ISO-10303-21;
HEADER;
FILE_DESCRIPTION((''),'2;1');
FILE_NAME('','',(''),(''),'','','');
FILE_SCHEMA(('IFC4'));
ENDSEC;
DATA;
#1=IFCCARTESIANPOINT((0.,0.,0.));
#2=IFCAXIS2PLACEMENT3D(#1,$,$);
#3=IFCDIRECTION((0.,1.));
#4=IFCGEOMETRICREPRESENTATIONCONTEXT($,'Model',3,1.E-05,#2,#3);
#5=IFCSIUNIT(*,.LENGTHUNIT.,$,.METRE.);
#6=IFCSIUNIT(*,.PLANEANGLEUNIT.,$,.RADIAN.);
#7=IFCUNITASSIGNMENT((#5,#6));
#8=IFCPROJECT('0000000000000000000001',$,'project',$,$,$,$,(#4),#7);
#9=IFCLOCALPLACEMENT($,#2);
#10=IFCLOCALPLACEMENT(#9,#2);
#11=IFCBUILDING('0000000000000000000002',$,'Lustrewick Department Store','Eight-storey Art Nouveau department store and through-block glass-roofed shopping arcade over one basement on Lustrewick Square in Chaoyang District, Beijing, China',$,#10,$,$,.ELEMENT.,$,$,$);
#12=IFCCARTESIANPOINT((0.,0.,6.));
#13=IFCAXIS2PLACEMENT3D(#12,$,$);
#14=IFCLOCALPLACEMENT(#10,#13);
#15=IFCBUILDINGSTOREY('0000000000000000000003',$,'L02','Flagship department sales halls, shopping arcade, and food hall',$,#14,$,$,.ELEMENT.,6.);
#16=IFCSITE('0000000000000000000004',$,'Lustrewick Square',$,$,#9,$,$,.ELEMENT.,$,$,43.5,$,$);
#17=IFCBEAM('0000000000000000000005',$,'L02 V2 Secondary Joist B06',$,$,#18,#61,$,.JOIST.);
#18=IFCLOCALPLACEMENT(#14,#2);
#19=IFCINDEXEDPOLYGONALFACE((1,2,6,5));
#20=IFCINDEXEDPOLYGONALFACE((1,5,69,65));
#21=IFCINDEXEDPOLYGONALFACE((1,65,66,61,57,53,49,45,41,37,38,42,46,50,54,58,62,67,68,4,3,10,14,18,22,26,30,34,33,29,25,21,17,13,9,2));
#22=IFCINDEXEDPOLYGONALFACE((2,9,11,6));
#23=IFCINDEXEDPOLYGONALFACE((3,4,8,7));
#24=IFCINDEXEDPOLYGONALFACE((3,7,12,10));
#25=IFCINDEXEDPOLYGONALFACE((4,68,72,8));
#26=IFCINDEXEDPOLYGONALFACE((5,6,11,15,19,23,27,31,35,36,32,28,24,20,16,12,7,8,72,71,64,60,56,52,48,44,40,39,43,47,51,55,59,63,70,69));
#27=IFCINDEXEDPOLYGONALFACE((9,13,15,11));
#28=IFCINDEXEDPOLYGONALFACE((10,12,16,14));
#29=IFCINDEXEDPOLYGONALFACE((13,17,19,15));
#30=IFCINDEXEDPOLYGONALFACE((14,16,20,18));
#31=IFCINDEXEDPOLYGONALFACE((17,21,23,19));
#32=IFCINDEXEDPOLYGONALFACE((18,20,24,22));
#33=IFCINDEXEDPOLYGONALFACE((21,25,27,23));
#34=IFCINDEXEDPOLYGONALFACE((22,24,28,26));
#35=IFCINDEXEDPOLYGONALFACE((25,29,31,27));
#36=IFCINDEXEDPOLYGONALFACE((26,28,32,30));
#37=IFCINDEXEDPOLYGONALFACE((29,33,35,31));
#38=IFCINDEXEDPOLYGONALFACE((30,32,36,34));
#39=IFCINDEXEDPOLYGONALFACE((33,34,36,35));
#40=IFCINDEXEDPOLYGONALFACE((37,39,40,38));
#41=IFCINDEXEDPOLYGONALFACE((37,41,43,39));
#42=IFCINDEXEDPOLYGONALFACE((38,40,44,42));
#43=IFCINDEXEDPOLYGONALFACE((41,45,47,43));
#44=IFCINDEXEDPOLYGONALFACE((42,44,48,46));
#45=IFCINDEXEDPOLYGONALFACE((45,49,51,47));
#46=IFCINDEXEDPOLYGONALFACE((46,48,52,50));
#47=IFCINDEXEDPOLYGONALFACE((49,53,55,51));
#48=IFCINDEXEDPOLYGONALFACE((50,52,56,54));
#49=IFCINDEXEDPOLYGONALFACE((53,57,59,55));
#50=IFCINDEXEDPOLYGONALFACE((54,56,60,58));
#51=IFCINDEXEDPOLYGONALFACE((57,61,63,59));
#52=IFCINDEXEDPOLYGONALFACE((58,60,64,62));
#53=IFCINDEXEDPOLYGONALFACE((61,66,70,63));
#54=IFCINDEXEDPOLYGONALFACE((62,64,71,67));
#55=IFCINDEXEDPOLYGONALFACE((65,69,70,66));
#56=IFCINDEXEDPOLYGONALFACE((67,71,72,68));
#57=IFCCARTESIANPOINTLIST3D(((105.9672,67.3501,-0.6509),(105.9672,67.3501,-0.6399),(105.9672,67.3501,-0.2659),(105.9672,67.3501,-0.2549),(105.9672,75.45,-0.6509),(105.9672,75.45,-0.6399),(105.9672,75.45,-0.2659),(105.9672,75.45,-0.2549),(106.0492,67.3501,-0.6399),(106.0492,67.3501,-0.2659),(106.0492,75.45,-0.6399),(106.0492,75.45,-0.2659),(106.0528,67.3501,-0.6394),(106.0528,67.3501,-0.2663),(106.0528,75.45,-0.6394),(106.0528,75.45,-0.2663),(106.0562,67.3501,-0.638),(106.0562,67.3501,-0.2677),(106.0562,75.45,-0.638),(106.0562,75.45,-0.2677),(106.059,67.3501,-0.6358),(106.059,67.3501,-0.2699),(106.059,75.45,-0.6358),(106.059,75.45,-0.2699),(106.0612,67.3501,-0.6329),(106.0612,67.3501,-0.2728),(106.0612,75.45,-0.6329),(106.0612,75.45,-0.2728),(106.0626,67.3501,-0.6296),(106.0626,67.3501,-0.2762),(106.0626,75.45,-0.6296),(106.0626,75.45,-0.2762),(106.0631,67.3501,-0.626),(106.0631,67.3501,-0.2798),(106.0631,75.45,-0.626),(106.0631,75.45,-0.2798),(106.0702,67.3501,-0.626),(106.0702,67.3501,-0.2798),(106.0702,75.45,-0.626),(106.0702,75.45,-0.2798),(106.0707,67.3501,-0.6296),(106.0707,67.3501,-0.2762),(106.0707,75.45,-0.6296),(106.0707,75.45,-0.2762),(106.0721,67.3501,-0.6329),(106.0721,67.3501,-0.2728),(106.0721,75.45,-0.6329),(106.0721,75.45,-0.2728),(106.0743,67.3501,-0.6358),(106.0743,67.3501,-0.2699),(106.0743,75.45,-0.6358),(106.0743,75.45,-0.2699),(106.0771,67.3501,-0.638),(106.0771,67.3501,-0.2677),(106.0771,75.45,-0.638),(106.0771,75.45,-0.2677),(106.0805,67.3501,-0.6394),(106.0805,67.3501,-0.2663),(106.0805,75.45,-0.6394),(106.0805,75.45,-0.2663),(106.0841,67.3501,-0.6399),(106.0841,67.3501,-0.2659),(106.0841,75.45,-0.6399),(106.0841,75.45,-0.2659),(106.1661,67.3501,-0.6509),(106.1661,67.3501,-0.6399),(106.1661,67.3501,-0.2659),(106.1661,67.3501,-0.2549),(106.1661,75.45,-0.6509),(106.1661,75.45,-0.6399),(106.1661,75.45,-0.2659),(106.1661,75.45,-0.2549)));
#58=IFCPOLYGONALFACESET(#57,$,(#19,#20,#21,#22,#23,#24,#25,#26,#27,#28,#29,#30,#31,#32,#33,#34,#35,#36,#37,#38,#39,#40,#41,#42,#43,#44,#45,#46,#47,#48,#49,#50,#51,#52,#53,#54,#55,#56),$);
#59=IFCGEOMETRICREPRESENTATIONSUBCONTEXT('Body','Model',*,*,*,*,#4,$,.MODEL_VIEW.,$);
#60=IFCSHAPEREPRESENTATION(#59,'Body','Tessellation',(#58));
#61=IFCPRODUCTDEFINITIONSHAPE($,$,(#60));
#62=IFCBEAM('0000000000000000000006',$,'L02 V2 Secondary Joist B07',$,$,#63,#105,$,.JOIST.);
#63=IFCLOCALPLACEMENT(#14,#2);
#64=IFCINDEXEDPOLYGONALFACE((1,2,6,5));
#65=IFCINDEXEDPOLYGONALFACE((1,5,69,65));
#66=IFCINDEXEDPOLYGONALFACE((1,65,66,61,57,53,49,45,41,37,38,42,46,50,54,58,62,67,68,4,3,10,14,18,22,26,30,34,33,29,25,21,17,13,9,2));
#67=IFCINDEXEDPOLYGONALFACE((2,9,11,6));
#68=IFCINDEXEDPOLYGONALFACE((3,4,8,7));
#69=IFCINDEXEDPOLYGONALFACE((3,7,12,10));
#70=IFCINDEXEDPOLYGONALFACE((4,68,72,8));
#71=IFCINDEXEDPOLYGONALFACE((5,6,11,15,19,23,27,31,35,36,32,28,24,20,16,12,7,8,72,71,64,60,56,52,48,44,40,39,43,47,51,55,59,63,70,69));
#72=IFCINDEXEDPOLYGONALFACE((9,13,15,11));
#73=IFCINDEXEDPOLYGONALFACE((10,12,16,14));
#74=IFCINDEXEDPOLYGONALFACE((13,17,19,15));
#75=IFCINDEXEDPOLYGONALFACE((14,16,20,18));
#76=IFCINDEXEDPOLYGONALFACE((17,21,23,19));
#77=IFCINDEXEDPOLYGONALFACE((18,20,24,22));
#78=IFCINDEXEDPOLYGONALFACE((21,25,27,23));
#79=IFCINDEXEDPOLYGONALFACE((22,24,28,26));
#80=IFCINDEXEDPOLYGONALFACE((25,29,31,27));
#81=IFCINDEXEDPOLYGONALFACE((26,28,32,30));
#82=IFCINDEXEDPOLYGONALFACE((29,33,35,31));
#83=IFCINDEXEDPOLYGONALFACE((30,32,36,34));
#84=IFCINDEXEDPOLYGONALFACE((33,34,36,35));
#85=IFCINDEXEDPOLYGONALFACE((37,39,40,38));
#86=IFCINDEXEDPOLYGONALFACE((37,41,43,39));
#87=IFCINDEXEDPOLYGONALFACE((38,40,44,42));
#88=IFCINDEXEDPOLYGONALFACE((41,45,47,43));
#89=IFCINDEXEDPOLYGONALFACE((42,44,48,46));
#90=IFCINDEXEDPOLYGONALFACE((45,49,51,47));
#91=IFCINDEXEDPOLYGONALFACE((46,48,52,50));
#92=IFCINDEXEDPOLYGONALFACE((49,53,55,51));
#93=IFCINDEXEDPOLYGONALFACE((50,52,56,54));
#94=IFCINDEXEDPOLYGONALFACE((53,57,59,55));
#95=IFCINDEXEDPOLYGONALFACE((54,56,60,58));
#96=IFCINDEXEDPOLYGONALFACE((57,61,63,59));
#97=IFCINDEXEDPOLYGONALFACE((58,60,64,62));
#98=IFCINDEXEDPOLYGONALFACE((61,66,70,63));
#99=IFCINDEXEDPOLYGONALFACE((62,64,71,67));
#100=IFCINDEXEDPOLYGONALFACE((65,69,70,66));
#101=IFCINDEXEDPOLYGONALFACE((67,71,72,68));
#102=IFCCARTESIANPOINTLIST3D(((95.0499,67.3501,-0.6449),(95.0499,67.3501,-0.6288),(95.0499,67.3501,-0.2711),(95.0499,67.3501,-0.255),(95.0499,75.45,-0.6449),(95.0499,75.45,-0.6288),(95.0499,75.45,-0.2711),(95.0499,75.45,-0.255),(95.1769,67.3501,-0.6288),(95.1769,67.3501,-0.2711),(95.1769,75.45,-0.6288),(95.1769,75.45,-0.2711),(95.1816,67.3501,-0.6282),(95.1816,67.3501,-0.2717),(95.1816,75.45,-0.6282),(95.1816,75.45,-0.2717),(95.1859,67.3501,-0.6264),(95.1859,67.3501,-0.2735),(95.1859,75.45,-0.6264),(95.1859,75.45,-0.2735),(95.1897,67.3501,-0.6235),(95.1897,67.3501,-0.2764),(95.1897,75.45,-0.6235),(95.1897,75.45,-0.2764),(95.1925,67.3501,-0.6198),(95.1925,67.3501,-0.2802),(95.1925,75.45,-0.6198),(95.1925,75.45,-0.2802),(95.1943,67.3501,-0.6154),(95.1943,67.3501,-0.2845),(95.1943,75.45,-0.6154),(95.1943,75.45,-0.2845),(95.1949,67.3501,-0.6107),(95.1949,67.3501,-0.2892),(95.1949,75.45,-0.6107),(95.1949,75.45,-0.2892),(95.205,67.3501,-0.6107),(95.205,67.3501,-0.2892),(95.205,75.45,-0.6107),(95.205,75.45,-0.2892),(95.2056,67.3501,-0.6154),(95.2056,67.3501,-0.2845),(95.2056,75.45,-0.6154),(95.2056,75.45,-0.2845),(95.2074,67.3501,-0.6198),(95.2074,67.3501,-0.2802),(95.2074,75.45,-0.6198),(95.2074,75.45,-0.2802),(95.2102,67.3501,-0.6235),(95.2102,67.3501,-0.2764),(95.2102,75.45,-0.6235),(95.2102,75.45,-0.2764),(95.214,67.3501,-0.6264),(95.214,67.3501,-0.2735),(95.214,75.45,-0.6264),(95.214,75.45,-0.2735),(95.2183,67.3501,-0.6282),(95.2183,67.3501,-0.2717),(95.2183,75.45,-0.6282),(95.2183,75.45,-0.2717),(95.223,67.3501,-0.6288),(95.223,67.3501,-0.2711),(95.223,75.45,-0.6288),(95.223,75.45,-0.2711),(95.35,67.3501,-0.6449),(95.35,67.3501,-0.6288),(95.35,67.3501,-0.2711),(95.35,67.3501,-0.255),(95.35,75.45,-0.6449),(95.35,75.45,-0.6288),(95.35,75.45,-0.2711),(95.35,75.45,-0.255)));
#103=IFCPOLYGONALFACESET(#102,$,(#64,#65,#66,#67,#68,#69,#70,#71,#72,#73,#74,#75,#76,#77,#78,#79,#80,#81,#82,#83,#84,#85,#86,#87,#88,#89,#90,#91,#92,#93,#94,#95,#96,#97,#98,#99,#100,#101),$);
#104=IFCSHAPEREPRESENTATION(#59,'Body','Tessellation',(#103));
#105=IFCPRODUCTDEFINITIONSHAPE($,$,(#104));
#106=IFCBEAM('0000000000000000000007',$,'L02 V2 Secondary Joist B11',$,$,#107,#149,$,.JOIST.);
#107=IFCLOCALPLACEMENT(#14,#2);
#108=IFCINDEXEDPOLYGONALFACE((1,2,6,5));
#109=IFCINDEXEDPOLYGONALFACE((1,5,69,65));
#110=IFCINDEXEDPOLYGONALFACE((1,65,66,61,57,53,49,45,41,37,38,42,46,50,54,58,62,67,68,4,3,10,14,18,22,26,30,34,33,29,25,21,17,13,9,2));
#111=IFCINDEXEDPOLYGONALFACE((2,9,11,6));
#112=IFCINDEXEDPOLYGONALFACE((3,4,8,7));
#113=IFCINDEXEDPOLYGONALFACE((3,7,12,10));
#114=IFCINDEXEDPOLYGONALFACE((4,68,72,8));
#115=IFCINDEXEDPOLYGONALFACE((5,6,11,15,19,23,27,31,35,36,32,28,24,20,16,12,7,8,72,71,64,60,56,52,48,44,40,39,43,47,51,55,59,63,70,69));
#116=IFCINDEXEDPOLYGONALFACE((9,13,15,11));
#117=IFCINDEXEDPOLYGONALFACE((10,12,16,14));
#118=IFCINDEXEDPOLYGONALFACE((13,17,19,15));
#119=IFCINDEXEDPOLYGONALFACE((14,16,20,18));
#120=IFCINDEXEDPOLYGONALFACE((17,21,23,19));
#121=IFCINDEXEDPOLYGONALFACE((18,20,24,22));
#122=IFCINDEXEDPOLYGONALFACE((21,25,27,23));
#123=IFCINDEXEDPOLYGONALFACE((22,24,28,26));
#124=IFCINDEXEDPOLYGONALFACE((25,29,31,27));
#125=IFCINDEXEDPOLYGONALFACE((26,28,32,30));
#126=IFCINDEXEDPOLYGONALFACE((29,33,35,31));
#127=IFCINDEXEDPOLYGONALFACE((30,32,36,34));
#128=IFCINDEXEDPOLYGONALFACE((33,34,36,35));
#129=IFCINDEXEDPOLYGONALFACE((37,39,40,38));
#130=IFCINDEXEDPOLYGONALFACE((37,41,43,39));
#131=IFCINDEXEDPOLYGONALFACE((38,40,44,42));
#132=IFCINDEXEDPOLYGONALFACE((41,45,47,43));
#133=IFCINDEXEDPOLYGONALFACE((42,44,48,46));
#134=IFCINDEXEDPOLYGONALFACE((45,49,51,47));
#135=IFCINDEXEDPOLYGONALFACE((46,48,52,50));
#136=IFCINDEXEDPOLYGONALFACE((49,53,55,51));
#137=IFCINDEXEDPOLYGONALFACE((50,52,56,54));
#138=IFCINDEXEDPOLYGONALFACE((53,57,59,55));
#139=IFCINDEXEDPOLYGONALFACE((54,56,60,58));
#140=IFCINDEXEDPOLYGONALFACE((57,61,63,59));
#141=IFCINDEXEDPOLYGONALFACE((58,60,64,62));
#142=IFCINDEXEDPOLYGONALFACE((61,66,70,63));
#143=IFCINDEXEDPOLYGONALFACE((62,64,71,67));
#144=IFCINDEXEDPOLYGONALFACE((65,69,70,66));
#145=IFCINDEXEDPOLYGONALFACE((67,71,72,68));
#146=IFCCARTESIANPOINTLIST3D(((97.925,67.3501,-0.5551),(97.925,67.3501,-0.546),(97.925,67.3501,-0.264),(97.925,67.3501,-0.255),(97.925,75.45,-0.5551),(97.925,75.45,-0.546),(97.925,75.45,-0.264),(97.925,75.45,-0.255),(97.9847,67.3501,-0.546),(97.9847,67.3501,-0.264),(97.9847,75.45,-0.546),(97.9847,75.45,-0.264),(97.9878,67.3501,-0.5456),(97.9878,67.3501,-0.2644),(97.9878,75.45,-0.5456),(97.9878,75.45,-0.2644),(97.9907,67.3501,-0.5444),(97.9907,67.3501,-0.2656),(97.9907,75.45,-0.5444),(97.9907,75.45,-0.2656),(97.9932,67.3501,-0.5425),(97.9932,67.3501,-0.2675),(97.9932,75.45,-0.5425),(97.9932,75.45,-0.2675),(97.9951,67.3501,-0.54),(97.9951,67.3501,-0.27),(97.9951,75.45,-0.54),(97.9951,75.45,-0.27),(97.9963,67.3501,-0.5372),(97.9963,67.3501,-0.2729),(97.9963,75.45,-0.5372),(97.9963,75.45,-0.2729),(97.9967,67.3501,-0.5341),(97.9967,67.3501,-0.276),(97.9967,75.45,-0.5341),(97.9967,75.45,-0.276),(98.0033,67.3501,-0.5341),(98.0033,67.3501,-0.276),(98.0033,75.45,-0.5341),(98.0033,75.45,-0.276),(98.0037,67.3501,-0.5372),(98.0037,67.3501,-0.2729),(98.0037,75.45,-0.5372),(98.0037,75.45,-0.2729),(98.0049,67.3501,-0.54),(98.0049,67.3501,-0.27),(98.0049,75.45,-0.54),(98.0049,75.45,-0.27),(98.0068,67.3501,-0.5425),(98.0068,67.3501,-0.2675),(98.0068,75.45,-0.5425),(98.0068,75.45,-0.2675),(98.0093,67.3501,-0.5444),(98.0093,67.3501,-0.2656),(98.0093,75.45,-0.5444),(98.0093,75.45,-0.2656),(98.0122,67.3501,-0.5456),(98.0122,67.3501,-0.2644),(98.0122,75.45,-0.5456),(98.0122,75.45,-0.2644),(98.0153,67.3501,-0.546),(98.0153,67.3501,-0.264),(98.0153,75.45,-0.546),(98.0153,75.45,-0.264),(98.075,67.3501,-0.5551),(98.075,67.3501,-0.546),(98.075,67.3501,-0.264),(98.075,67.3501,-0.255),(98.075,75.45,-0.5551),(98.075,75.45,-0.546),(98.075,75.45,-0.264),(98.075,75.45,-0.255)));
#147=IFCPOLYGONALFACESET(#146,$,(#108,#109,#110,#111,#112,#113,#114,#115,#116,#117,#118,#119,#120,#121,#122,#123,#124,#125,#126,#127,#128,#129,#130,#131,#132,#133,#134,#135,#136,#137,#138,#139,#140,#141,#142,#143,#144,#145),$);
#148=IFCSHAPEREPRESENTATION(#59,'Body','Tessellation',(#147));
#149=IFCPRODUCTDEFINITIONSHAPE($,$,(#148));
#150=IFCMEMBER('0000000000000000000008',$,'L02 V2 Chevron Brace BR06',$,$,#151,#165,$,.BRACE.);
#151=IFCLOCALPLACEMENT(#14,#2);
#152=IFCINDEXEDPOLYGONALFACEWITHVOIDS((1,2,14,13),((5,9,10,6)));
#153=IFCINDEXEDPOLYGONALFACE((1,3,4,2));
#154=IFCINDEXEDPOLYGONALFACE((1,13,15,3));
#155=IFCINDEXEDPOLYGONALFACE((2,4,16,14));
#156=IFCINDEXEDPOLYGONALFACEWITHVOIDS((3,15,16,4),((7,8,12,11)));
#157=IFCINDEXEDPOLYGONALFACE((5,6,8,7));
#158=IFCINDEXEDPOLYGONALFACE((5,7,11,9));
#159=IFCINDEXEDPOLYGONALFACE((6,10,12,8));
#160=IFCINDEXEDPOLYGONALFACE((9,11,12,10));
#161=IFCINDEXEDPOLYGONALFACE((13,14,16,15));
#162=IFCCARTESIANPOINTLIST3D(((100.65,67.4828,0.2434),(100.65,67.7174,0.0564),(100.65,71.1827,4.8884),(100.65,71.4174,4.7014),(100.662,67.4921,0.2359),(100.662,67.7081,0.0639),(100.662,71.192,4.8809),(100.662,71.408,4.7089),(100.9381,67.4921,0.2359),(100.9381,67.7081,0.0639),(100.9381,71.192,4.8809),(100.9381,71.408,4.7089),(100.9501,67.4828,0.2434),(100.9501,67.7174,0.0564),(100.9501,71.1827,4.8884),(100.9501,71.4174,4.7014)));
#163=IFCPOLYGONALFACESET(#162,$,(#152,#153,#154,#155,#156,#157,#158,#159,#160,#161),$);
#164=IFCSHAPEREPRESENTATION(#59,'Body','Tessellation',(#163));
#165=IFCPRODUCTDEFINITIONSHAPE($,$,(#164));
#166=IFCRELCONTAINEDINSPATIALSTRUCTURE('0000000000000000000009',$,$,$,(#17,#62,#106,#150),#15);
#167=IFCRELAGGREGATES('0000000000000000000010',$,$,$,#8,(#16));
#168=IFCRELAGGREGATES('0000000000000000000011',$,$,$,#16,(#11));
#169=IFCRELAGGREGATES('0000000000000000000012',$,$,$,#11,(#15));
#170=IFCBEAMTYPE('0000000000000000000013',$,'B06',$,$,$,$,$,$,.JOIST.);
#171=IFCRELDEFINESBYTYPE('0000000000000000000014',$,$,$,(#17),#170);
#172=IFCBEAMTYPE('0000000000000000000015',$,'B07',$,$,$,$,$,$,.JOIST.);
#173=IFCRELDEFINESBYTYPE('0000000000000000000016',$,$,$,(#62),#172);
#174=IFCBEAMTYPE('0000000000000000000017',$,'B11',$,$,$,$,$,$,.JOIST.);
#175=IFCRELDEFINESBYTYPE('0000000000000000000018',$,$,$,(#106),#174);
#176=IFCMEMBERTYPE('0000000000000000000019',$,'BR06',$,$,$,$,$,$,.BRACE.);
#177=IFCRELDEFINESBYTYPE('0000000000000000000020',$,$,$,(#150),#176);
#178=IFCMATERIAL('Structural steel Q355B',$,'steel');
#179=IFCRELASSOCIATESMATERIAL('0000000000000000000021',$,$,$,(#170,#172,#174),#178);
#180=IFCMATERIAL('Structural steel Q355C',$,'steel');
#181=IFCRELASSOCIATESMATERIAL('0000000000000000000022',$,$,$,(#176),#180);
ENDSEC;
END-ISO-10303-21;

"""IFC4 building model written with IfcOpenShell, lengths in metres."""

from ifc_helpers import new_model, si_unit, direction, frame, origin, origin_2d, place, context, subcontext, project, spatial, hollow_rectangle, i_section, extrude, material, material_profile, profile_set, type_object, element, save


model = new_model("IFC4")

# Units and contexts
model_context = context("Model", 3, precision=1e-05, world=origin(), true_north=direction((0.0, 1.0)))
body_context = subcontext(model_context, "Body", "Model", "MODEL_VIEW")
ifc_project = project(units=[si_unit("LENGTHUNIT", "METRE"), si_unit("PLANEANGLEUNIT", "RADIAN")], contexts=[model_context])

# Site, building, storey
site_placement = place(None, origin())
site = spatial("IfcSite", under=ifc_project, at=site_placement, Name="Lustrewick Square", CompositionType="ELEMENT", RefElevation=43.5)
building_placement = place(site_placement, origin())
building = spatial("IfcBuilding", under=site, at=building_placement, Name="Lustrewick Department Store", Description="Eight-storey Art Nouveau department store and through-block glass-roofed shopping arcade over one basement on Lustrewick Square in Chaoyang District, Beijing, China", CompositionType="ELEMENT")
storey_placement = place(building_placement, frame((0.0, 0.0, 6.0)))
storey = spatial("IfcBuildingStorey", under=building, at=storey_placement, Name="L02", Description="Flagship department sales halls, shopping arcade, and food hall", CompositionType="ELEMENT", Elevation=6.0)

# Shared definitions
ifc_material_1 = material(Name="Structural steel Q355B", Category="steel")

# Beams
ifc_material_profile_1 = material_profile(ifc_material_1, i_section(OverallWidth=0.199, OverallDepth=0.396, WebThickness=0.0071, FlangeThickness=0.011, FilletRadius=0.0139, at=origin_2d()), Name="HN 396x199x7x11")
ifc_profile_set_1 = profile_set([ifc_material_profile_1], Name="Structural steel Q355B")
beam_type_1 = type_object("IfcBeamType", Name="B06", PredefinedType="JOIST", material=ifc_profile_set_1)
beam_1_placement = place(storey_placement, frame((106.0667, 67.3501, -0.4529), z_axis=(0.0, 1.0, 0.0), x_axis=(-1.0, 0.0, 0.0)))
element("IfcBeam", 1, at=beam_1_placement, inside=storey, type_object=beam_type_1, Name="L02 V2 Secondary Joist B06", PredefinedType="JOIST", context=body_context, shape_type="SweptSolid", body=[
    extrude(i_section(OverallWidth=0.199, OverallDepth=0.396, WebThickness=0.0071, FlangeThickness=0.011, FilletRadius=0.0139, at=origin_2d()), origin(), (0.0, 0.0, 1.0), 8.0999),
])
ifc_material_profile_2 = material_profile(ifc_material_1, i_section(OverallWidth=0.3, OverallDepth=0.3899, WebThickness=0.01, FlangeThickness=0.0161, FilletRadius=0.0181, at=origin_2d()), Name="HM 390x300x10x16")
ifc_profile_set_2 = profile_set([ifc_material_profile_2], Name="Structural steel Q355B")
beam_type_2 = type_object("IfcBeamType", Name="B07", PredefinedType="JOIST", material=ifc_profile_set_2)
beam_2_placement = place(storey_placement, frame((95.2, 67.3501, -0.45), z_axis=(0.0, 1.0, 0.0), x_axis=(-1.0, 0.0, 0.0)))
element("IfcBeam", 2, at=beam_2_placement, inside=storey, type_object=beam_type_2, Name="L02 V2 Secondary Joist B07", PredefinedType="JOIST", context=body_context, shape_type="SweptSolid", body=[
    extrude(i_section(OverallWidth=0.3, OverallDepth=0.3899, WebThickness=0.01, FlangeThickness=0.0161, FilletRadius=0.0181, at=origin_2d()), origin(), (0.0, 0.0, 1.0), 8.0999),
])
ifc_material_profile_3 = material_profile(ifc_material_1, i_section(OverallWidth=0.1499, OverallDepth=0.3, WebThickness=0.0066, FlangeThickness=0.009, FilletRadius=0.012, at=origin_2d()), Name="HN 300x150x6.5x9")
ifc_profile_set_3 = profile_set([ifc_material_profile_3], Name="Structural steel Q355B")
beam_type_3 = type_object("IfcBeamType", Name="B11", PredefinedType="JOIST", material=ifc_profile_set_3)
beam_3_placement = place(storey_placement, frame((98.0, 67.3501, -0.405), z_axis=(0.0, 1.0, 0.0), x_axis=(-1.0, 0.0, 0.0)))
element("IfcBeam", 3, at=beam_3_placement, inside=storey, type_object=beam_type_3, Name="L02 V2 Secondary Joist B11", PredefinedType="JOIST", context=body_context, shape_type="SweptSolid", body=[
    extrude(i_section(OverallWidth=0.1499, OverallDepth=0.3, WebThickness=0.0066, FlangeThickness=0.009, FilletRadius=0.012, at=origin_2d()), origin(), (0.0, 0.0, 1.0), 8.0999),
])

# Member
ifc_material_2 = material(Name="Structural steel Q355C", Category="steel")
ifc_material_profile_4 = material_profile(ifc_material_2, hollow_rectangle(XDim=0.3, YDim=0.3, WallThickness=0.012, at=origin_2d()), Name="SHS 300x300x12")
ifc_profile_set_4 = profile_set([ifc_material_profile_4], Name="Structural steel Q355C")
member_type = type_object("IfcMemberType", Name="BR06", PredefinedType="BRACE", material=ifc_profile_set_4)
member_placement = place(storey_placement, frame((100.8, 67.6001, 0.1499), z_axis=(0.0, 0.623044, 0.782187), x_axis=(-1.0, 0.0, 0.0)))
element("IfcMember", 4, at=member_placement, inside=storey, type_object=member_type, Name="L02 V2 Chevron Brace BR06", PredefinedType="BRACE", context=body_context, shape_type="SweptSolid", body=[
    extrude(hollow_rectangle(XDim=0.3, YDim=0.3, WallThickness=0.012, at=origin_2d()), origin(), (0.0, 0.0, 1.0), 5.9385),
])

save(model, "model.ifc")
